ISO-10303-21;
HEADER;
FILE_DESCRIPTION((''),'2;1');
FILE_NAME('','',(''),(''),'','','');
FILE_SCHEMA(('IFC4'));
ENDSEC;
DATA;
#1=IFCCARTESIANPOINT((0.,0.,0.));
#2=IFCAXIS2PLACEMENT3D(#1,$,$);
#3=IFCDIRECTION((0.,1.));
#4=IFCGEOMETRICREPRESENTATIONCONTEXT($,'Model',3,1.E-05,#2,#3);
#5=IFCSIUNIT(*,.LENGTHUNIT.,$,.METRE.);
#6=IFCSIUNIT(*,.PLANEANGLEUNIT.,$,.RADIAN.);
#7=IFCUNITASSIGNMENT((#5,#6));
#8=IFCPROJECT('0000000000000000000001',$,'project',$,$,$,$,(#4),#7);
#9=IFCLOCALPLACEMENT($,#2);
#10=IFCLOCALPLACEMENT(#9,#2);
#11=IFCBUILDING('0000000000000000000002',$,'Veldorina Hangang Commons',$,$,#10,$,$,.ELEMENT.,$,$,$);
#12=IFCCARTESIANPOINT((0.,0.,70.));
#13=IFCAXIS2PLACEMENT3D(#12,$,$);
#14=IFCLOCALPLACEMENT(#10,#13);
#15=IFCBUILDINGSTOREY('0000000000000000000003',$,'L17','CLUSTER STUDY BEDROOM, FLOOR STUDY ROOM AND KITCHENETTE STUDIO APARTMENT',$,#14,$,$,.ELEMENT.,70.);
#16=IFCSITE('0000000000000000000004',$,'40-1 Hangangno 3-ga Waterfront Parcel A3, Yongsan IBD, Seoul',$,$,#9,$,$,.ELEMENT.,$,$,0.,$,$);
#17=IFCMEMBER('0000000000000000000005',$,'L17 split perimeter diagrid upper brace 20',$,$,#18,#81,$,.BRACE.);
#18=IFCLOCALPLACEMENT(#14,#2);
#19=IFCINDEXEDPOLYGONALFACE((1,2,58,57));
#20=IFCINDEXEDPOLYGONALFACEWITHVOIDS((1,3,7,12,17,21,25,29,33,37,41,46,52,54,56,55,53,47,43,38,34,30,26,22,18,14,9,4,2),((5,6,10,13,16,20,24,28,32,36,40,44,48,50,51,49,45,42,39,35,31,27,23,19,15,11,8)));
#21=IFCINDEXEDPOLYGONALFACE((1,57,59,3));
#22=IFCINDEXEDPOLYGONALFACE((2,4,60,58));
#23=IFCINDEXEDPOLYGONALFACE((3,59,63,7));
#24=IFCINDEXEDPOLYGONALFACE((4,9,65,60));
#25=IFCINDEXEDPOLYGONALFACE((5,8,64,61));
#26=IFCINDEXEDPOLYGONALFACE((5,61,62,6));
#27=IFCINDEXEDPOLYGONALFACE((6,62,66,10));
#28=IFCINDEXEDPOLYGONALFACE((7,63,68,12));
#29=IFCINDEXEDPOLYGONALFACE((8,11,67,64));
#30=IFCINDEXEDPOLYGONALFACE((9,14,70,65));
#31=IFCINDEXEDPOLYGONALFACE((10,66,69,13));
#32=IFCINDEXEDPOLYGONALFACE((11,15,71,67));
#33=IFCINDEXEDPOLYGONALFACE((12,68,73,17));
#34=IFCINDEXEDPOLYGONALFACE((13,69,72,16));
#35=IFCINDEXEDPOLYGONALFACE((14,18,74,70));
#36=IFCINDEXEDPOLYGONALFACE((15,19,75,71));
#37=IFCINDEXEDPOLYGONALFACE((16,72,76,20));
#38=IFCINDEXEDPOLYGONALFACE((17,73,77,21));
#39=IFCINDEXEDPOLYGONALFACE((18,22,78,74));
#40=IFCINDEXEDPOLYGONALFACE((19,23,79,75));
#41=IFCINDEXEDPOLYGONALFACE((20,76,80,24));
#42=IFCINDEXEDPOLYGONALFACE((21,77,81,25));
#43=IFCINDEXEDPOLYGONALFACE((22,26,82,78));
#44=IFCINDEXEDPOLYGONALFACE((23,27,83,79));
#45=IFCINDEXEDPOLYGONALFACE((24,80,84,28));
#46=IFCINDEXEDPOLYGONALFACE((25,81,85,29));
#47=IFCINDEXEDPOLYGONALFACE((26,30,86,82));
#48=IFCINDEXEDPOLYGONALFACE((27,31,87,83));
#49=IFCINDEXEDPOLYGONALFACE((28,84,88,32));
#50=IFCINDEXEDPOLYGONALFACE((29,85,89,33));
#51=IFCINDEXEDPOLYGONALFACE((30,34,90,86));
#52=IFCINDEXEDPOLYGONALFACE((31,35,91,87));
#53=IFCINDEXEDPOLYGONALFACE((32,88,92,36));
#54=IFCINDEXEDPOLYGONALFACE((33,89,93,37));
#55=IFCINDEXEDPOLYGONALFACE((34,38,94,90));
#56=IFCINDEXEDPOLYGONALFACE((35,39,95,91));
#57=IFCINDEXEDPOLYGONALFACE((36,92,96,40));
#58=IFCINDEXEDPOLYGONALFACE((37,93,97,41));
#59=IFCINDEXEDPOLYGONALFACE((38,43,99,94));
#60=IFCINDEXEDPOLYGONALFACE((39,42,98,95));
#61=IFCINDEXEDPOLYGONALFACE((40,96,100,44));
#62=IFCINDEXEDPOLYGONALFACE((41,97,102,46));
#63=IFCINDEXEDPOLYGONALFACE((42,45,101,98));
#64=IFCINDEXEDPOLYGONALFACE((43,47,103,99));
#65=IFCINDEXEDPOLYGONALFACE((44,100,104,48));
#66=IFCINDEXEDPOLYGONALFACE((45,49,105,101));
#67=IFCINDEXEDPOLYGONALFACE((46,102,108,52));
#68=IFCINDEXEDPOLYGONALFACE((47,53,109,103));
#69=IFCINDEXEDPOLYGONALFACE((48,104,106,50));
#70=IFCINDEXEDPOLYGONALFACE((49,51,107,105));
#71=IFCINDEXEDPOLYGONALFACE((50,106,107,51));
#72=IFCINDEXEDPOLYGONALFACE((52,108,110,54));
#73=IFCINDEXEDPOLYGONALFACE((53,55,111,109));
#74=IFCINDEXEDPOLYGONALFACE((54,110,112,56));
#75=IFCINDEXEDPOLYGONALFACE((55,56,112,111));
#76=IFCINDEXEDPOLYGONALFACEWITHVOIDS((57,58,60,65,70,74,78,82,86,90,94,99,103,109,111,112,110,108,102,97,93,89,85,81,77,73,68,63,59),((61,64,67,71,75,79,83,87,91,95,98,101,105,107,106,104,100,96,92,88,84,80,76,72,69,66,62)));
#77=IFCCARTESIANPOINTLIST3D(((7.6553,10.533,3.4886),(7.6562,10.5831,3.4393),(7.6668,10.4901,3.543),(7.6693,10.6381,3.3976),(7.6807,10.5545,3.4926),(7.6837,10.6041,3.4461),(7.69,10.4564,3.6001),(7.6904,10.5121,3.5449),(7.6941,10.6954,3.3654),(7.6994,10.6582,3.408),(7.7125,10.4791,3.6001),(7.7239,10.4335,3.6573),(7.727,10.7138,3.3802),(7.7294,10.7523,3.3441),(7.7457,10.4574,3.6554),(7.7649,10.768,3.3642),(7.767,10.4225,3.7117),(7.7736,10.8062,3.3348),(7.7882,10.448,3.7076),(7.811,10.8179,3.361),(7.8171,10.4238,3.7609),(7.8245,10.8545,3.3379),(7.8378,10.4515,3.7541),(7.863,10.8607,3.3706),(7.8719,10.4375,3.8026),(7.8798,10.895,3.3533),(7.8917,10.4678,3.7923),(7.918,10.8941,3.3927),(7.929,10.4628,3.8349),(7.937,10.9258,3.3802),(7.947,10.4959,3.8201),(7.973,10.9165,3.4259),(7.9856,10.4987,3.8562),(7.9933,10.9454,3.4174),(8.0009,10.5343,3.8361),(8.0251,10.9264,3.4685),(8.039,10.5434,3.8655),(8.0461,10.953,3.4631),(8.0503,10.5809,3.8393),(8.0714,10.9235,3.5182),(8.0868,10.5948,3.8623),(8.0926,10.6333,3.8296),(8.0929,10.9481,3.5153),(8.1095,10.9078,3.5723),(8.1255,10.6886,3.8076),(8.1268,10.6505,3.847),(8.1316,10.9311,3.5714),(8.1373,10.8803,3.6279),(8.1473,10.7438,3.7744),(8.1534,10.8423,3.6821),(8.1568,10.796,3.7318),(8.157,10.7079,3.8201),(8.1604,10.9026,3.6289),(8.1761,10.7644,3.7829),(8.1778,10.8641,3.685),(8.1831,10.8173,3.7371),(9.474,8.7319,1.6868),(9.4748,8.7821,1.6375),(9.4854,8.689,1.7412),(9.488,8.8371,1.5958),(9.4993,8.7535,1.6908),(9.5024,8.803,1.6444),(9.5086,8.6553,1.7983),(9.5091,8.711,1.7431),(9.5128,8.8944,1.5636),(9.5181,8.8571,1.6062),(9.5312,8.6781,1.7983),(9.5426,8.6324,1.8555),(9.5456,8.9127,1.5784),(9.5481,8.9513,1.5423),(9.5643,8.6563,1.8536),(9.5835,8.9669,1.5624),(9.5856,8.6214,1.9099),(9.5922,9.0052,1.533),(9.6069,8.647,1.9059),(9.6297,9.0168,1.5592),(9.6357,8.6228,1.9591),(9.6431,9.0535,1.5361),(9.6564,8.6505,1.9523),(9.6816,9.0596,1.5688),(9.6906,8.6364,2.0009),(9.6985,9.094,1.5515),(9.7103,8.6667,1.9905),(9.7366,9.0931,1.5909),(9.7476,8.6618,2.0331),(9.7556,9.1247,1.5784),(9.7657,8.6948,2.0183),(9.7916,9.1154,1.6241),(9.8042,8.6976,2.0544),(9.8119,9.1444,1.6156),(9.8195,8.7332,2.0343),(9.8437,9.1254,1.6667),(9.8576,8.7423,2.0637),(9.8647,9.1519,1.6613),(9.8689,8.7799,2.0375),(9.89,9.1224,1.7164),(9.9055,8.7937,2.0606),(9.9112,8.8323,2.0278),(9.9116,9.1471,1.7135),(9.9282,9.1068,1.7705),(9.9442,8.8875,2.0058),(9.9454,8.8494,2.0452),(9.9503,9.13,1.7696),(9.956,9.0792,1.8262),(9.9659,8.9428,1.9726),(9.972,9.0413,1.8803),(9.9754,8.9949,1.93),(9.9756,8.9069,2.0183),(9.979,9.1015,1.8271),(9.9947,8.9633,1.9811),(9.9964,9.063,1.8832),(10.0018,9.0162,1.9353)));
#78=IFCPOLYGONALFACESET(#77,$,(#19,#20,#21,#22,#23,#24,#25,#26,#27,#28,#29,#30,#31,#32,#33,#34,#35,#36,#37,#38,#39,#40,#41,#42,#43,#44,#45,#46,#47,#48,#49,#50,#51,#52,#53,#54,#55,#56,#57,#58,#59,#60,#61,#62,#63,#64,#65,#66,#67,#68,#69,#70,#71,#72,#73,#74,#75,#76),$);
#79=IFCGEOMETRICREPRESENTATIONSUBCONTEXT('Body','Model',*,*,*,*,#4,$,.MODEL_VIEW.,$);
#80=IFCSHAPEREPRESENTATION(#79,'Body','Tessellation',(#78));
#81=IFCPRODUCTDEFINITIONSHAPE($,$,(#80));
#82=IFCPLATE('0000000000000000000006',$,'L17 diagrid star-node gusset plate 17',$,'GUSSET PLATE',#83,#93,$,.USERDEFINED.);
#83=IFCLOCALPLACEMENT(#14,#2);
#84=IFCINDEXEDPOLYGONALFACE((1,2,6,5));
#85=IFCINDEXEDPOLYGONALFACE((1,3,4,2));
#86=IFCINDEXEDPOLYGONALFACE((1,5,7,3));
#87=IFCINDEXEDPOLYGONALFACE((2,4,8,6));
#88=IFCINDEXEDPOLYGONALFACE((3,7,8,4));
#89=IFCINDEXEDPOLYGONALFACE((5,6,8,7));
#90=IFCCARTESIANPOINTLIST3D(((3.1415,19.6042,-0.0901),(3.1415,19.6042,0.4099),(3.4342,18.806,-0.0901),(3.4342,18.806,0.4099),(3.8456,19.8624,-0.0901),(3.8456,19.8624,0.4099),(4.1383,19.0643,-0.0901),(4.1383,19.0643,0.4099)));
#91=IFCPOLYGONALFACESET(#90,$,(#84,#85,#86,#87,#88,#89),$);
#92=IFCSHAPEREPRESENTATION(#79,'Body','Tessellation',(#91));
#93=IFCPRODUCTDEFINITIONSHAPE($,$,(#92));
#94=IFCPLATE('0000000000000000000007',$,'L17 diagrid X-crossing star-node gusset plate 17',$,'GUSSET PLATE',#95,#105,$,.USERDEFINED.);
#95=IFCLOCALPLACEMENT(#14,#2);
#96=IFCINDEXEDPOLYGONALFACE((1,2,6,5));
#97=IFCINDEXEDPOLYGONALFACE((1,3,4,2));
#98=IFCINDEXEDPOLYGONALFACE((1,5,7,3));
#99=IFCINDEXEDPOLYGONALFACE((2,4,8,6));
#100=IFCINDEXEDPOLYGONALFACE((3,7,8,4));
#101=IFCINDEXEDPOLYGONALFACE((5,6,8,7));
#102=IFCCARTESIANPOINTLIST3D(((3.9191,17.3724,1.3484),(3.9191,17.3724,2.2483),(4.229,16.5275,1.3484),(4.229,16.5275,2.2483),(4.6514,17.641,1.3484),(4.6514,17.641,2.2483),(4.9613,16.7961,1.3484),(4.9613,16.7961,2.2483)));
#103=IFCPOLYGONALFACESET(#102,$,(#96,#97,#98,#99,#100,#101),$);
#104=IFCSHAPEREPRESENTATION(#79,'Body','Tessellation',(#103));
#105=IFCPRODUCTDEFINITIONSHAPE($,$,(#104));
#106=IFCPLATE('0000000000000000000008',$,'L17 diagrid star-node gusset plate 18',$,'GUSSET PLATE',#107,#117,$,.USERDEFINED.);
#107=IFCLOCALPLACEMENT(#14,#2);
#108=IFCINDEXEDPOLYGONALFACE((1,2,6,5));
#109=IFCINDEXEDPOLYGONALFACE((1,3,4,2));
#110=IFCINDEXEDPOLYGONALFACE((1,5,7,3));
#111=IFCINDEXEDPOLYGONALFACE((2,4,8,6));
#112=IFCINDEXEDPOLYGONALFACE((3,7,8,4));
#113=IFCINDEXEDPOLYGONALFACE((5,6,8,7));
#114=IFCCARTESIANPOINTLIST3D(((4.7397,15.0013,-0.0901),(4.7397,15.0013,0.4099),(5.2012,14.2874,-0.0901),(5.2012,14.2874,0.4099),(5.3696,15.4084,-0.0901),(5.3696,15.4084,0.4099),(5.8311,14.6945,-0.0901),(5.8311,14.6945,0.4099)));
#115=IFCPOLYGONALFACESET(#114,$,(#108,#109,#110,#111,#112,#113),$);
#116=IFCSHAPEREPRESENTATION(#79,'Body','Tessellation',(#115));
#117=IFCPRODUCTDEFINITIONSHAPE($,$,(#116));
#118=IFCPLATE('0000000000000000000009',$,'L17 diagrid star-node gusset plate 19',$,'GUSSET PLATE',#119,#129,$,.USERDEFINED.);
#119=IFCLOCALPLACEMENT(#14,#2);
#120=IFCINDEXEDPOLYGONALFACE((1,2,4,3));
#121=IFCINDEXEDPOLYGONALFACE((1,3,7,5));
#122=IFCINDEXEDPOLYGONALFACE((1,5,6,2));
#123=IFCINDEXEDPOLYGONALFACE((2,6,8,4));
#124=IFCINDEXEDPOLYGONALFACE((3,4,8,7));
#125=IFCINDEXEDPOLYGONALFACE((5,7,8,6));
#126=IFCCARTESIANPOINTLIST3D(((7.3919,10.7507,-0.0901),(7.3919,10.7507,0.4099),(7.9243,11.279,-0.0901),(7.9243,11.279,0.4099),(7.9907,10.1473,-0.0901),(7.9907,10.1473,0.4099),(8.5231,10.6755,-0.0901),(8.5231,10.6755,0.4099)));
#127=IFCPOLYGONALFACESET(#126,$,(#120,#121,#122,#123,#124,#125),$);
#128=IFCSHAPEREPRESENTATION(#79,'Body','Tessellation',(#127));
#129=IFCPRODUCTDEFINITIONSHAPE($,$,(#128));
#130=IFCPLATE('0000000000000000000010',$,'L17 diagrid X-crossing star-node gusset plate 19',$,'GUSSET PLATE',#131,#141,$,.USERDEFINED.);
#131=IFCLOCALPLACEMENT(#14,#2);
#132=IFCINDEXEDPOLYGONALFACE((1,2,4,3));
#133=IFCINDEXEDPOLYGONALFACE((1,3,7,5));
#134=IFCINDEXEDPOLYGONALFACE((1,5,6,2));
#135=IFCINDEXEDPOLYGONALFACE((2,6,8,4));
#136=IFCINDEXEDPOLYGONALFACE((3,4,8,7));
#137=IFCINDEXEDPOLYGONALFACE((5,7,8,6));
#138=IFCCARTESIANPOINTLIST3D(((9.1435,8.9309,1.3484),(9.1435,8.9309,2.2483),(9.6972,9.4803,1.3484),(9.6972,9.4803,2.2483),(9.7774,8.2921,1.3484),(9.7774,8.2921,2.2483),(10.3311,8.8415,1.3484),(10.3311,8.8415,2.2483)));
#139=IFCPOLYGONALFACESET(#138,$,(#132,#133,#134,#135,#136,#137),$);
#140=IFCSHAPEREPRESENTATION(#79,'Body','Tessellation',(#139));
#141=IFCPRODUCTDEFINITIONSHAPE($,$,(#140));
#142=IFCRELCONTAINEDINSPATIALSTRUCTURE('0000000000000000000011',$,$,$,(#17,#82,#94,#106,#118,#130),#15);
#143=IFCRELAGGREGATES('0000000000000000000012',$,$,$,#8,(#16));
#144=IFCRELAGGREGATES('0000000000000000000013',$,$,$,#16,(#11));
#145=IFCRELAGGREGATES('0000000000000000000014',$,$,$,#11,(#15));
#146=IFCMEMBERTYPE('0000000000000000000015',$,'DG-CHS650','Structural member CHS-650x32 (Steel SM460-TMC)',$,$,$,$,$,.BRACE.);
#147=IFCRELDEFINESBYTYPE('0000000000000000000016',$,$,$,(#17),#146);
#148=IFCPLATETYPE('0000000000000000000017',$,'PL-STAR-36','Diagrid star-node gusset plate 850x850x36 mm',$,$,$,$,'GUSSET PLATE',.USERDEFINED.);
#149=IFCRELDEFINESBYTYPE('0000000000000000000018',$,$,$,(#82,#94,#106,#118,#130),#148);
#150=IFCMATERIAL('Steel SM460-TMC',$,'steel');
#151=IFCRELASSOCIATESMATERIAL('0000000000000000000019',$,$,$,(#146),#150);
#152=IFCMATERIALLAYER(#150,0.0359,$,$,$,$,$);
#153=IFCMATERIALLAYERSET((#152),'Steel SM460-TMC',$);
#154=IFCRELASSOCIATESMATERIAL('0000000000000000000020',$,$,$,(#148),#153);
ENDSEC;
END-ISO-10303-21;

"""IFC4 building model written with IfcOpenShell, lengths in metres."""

from ifc_helpers import new_model, si_unit, direction, frame, origin, origin_2d, place, context, subcontext, project, spatial, rectangle, hollow_circle, extrude, material, layer, layer_set, material_profile, profile_set, type_object, element, save


model = new_model("IFC4")

# Units and contexts
model_context = context("Model", 3, precision=1e-05, world=origin(), true_north=direction((0.0, 1.0)))
body_context = subcontext(model_context, "Body", "Model", "MODEL_VIEW")
ifc_project = project(units=[si_unit("LENGTHUNIT", "METRE"), si_unit("PLANEANGLEUNIT", "RADIAN")], contexts=[model_context])

# Site, building, storey
site_placement = place(None, origin())
site = spatial("IfcSite", under=ifc_project, at=site_placement, Name="40-1 Hangangno 3-ga Waterfront Parcel A3, Yongsan IBD, Seoul", CompositionType="ELEMENT", RefElevation=0.0)
building_placement = place(site_placement, origin())
building = spatial("IfcBuilding", under=site, at=building_placement, Name="Veldorina Hangang Commons", CompositionType="ELEMENT")
storey_placement = place(building_placement, frame((0.0, 0.0, 70.0)))
storey = spatial("IfcBuildingStorey", under=building, at=storey_placement, Name="L17", Description="CLUSTER STUDY BEDROOM, FLOOR STUDY ROOM AND KITCHENETTE STUDIO APARTMENT", CompositionType="ELEMENT", Elevation=70.0)

# Member
ifc_material_1 = material(Name="Steel SM460-TMC", Category="steel")
ifc_material_profile_1 = material_profile(ifc_material_1, hollow_circle(Radius=0.325, WallThickness=0.032, at=origin_2d()), Name="CHS-650x32")
ifc_profile_set_1 = profile_set([ifc_material_profile_1], Name="Steel SM460-TMC")
member_type = type_object("IfcMemberType", Name="DG-CHS650", Description="Structural member CHS-650x32 (Steel SM460-TMC)", PredefinedType="BRACE", material=ifc_profile_set_1)
member_1_placement = place(storey_placement, frame((9.7373, 8.8862, 1.7983), z_axis=(-0.58101, 0.575394, 0.575628), x_axis=(-0.703665, -0.710532, 0.0)))
element("IfcMember", 1, at=member_1_placement, inside=storey, type_object=member_type, Name="L17 split perimeter diagrid upper brace 20", PredefinedType="BRACE", context=body_context, shape_type="SweptSolid", body=[
    extrude(hollow_circle(Radius=0.325, WallThickness=0.032, at=origin_2d()), origin(), (0.0, 0.0, 1.0), 3.1301),
])

# Plates
ifc_layer_1 = layer(ifc_material_1, 0.0359)
ifc_layer_set_1 = layer_set([ifc_layer_1], Name="Steel SM460-TMC")
plate_type = type_object("IfcPlateType", Name="PL-STAR-36", Description="Diagrid star-node gusset plate 850x850x36 mm", ElementType="GUSSET PLATE", PredefinedType="USERDEFINED", material=ifc_layer_set_1)
plate_1_placement = place(storey_placement, frame((3.6399, 19.3342, -0.0901), z_axis=(0.0, 0.0, 1.0), x_axis=(0.344332, -0.938848, 0.0)))
element("IfcPlate", 2, at=plate_1_placement, inside=storey, type_object=plate_type, Name="L17 diagrid star-node gusset plate 17", ObjectType="GUSSET PLATE", PredefinedType="USERDEFINED", context=body_context, shape_type="SweptSolid", body=[
    extrude(rectangle(XDim=0.8501, YDim=0.75, at=origin_2d()), origin(), (0.0, 0.0, 1.0), 0.5),
])
plate_2_placement = place(storey_placement, frame((4.4402, 17.0842, 1.3484), z_axis=(0.0, 0.0, 1.0), x_axis=(0.344332, -0.938848, 0.0)))
element("IfcPlate", 3, at=plate_2_placement, inside=storey, type_object=plate_type, Name="L17 diagrid X-crossing star-node gusset plate 17", ObjectType="GUSSET PLATE", PredefinedType="USERDEFINED", context=body_context, shape_type="SweptSolid", body=[
    extrude(rectangle(XDim=0.8999, YDim=0.78, at=origin_2d()), origin(), (0.0, 0.0, 1.0), 0.8999),
])
for number, where, z_axis, x_axis, name in (
    (4, (5.2854, 14.8479, -0.0901), (0.0, 0.0, 1.0), (0.542779, -0.839876, 0.0), "L17 diagrid star-node gusset plate 18"),
    (5, (7.9575, 10.7131, -0.0901), (0.0, 0.0, 1.0), (0.704349, -0.709854, 0.0), "L17 diagrid star-node gusset plate 19"),
):
    element("IfcPlate", number, at=place(storey_placement, frame(where, z_axis=z_axis, x_axis=x_axis)), inside=storey, type_object=plate_type, Name=name, ObjectType="GUSSET PLATE", PredefinedType="USERDEFINED", context=body_context, shape_type="SweptSolid", body=[
        extrude(rectangle(XDim=0.8501, YDim=0.75, at=origin_2d()), origin(), (0.0, 0.0, 1.0), 0.5),
    ])
plate_3_placement = place(storey_placement, frame((9.7373, 8.8862, 1.3484), z_axis=(0.0, 0.0, 1.0), x_axis=(0.704349, -0.709854, 0.0)))
element("IfcPlate", 6, at=plate_3_placement, inside=storey, type_object=plate_type, Name="L17 diagrid X-crossing star-node gusset plate 19", ObjectType="GUSSET PLATE", PredefinedType="USERDEFINED", context=body_context, shape_type="SweptSolid", body=[
    extrude(rectangle(XDim=0.8999, YDim=0.78, at=origin_2d()), origin(), (0.0, 0.0, 1.0), 0.8999),
])

save(model, "model.ifc")
